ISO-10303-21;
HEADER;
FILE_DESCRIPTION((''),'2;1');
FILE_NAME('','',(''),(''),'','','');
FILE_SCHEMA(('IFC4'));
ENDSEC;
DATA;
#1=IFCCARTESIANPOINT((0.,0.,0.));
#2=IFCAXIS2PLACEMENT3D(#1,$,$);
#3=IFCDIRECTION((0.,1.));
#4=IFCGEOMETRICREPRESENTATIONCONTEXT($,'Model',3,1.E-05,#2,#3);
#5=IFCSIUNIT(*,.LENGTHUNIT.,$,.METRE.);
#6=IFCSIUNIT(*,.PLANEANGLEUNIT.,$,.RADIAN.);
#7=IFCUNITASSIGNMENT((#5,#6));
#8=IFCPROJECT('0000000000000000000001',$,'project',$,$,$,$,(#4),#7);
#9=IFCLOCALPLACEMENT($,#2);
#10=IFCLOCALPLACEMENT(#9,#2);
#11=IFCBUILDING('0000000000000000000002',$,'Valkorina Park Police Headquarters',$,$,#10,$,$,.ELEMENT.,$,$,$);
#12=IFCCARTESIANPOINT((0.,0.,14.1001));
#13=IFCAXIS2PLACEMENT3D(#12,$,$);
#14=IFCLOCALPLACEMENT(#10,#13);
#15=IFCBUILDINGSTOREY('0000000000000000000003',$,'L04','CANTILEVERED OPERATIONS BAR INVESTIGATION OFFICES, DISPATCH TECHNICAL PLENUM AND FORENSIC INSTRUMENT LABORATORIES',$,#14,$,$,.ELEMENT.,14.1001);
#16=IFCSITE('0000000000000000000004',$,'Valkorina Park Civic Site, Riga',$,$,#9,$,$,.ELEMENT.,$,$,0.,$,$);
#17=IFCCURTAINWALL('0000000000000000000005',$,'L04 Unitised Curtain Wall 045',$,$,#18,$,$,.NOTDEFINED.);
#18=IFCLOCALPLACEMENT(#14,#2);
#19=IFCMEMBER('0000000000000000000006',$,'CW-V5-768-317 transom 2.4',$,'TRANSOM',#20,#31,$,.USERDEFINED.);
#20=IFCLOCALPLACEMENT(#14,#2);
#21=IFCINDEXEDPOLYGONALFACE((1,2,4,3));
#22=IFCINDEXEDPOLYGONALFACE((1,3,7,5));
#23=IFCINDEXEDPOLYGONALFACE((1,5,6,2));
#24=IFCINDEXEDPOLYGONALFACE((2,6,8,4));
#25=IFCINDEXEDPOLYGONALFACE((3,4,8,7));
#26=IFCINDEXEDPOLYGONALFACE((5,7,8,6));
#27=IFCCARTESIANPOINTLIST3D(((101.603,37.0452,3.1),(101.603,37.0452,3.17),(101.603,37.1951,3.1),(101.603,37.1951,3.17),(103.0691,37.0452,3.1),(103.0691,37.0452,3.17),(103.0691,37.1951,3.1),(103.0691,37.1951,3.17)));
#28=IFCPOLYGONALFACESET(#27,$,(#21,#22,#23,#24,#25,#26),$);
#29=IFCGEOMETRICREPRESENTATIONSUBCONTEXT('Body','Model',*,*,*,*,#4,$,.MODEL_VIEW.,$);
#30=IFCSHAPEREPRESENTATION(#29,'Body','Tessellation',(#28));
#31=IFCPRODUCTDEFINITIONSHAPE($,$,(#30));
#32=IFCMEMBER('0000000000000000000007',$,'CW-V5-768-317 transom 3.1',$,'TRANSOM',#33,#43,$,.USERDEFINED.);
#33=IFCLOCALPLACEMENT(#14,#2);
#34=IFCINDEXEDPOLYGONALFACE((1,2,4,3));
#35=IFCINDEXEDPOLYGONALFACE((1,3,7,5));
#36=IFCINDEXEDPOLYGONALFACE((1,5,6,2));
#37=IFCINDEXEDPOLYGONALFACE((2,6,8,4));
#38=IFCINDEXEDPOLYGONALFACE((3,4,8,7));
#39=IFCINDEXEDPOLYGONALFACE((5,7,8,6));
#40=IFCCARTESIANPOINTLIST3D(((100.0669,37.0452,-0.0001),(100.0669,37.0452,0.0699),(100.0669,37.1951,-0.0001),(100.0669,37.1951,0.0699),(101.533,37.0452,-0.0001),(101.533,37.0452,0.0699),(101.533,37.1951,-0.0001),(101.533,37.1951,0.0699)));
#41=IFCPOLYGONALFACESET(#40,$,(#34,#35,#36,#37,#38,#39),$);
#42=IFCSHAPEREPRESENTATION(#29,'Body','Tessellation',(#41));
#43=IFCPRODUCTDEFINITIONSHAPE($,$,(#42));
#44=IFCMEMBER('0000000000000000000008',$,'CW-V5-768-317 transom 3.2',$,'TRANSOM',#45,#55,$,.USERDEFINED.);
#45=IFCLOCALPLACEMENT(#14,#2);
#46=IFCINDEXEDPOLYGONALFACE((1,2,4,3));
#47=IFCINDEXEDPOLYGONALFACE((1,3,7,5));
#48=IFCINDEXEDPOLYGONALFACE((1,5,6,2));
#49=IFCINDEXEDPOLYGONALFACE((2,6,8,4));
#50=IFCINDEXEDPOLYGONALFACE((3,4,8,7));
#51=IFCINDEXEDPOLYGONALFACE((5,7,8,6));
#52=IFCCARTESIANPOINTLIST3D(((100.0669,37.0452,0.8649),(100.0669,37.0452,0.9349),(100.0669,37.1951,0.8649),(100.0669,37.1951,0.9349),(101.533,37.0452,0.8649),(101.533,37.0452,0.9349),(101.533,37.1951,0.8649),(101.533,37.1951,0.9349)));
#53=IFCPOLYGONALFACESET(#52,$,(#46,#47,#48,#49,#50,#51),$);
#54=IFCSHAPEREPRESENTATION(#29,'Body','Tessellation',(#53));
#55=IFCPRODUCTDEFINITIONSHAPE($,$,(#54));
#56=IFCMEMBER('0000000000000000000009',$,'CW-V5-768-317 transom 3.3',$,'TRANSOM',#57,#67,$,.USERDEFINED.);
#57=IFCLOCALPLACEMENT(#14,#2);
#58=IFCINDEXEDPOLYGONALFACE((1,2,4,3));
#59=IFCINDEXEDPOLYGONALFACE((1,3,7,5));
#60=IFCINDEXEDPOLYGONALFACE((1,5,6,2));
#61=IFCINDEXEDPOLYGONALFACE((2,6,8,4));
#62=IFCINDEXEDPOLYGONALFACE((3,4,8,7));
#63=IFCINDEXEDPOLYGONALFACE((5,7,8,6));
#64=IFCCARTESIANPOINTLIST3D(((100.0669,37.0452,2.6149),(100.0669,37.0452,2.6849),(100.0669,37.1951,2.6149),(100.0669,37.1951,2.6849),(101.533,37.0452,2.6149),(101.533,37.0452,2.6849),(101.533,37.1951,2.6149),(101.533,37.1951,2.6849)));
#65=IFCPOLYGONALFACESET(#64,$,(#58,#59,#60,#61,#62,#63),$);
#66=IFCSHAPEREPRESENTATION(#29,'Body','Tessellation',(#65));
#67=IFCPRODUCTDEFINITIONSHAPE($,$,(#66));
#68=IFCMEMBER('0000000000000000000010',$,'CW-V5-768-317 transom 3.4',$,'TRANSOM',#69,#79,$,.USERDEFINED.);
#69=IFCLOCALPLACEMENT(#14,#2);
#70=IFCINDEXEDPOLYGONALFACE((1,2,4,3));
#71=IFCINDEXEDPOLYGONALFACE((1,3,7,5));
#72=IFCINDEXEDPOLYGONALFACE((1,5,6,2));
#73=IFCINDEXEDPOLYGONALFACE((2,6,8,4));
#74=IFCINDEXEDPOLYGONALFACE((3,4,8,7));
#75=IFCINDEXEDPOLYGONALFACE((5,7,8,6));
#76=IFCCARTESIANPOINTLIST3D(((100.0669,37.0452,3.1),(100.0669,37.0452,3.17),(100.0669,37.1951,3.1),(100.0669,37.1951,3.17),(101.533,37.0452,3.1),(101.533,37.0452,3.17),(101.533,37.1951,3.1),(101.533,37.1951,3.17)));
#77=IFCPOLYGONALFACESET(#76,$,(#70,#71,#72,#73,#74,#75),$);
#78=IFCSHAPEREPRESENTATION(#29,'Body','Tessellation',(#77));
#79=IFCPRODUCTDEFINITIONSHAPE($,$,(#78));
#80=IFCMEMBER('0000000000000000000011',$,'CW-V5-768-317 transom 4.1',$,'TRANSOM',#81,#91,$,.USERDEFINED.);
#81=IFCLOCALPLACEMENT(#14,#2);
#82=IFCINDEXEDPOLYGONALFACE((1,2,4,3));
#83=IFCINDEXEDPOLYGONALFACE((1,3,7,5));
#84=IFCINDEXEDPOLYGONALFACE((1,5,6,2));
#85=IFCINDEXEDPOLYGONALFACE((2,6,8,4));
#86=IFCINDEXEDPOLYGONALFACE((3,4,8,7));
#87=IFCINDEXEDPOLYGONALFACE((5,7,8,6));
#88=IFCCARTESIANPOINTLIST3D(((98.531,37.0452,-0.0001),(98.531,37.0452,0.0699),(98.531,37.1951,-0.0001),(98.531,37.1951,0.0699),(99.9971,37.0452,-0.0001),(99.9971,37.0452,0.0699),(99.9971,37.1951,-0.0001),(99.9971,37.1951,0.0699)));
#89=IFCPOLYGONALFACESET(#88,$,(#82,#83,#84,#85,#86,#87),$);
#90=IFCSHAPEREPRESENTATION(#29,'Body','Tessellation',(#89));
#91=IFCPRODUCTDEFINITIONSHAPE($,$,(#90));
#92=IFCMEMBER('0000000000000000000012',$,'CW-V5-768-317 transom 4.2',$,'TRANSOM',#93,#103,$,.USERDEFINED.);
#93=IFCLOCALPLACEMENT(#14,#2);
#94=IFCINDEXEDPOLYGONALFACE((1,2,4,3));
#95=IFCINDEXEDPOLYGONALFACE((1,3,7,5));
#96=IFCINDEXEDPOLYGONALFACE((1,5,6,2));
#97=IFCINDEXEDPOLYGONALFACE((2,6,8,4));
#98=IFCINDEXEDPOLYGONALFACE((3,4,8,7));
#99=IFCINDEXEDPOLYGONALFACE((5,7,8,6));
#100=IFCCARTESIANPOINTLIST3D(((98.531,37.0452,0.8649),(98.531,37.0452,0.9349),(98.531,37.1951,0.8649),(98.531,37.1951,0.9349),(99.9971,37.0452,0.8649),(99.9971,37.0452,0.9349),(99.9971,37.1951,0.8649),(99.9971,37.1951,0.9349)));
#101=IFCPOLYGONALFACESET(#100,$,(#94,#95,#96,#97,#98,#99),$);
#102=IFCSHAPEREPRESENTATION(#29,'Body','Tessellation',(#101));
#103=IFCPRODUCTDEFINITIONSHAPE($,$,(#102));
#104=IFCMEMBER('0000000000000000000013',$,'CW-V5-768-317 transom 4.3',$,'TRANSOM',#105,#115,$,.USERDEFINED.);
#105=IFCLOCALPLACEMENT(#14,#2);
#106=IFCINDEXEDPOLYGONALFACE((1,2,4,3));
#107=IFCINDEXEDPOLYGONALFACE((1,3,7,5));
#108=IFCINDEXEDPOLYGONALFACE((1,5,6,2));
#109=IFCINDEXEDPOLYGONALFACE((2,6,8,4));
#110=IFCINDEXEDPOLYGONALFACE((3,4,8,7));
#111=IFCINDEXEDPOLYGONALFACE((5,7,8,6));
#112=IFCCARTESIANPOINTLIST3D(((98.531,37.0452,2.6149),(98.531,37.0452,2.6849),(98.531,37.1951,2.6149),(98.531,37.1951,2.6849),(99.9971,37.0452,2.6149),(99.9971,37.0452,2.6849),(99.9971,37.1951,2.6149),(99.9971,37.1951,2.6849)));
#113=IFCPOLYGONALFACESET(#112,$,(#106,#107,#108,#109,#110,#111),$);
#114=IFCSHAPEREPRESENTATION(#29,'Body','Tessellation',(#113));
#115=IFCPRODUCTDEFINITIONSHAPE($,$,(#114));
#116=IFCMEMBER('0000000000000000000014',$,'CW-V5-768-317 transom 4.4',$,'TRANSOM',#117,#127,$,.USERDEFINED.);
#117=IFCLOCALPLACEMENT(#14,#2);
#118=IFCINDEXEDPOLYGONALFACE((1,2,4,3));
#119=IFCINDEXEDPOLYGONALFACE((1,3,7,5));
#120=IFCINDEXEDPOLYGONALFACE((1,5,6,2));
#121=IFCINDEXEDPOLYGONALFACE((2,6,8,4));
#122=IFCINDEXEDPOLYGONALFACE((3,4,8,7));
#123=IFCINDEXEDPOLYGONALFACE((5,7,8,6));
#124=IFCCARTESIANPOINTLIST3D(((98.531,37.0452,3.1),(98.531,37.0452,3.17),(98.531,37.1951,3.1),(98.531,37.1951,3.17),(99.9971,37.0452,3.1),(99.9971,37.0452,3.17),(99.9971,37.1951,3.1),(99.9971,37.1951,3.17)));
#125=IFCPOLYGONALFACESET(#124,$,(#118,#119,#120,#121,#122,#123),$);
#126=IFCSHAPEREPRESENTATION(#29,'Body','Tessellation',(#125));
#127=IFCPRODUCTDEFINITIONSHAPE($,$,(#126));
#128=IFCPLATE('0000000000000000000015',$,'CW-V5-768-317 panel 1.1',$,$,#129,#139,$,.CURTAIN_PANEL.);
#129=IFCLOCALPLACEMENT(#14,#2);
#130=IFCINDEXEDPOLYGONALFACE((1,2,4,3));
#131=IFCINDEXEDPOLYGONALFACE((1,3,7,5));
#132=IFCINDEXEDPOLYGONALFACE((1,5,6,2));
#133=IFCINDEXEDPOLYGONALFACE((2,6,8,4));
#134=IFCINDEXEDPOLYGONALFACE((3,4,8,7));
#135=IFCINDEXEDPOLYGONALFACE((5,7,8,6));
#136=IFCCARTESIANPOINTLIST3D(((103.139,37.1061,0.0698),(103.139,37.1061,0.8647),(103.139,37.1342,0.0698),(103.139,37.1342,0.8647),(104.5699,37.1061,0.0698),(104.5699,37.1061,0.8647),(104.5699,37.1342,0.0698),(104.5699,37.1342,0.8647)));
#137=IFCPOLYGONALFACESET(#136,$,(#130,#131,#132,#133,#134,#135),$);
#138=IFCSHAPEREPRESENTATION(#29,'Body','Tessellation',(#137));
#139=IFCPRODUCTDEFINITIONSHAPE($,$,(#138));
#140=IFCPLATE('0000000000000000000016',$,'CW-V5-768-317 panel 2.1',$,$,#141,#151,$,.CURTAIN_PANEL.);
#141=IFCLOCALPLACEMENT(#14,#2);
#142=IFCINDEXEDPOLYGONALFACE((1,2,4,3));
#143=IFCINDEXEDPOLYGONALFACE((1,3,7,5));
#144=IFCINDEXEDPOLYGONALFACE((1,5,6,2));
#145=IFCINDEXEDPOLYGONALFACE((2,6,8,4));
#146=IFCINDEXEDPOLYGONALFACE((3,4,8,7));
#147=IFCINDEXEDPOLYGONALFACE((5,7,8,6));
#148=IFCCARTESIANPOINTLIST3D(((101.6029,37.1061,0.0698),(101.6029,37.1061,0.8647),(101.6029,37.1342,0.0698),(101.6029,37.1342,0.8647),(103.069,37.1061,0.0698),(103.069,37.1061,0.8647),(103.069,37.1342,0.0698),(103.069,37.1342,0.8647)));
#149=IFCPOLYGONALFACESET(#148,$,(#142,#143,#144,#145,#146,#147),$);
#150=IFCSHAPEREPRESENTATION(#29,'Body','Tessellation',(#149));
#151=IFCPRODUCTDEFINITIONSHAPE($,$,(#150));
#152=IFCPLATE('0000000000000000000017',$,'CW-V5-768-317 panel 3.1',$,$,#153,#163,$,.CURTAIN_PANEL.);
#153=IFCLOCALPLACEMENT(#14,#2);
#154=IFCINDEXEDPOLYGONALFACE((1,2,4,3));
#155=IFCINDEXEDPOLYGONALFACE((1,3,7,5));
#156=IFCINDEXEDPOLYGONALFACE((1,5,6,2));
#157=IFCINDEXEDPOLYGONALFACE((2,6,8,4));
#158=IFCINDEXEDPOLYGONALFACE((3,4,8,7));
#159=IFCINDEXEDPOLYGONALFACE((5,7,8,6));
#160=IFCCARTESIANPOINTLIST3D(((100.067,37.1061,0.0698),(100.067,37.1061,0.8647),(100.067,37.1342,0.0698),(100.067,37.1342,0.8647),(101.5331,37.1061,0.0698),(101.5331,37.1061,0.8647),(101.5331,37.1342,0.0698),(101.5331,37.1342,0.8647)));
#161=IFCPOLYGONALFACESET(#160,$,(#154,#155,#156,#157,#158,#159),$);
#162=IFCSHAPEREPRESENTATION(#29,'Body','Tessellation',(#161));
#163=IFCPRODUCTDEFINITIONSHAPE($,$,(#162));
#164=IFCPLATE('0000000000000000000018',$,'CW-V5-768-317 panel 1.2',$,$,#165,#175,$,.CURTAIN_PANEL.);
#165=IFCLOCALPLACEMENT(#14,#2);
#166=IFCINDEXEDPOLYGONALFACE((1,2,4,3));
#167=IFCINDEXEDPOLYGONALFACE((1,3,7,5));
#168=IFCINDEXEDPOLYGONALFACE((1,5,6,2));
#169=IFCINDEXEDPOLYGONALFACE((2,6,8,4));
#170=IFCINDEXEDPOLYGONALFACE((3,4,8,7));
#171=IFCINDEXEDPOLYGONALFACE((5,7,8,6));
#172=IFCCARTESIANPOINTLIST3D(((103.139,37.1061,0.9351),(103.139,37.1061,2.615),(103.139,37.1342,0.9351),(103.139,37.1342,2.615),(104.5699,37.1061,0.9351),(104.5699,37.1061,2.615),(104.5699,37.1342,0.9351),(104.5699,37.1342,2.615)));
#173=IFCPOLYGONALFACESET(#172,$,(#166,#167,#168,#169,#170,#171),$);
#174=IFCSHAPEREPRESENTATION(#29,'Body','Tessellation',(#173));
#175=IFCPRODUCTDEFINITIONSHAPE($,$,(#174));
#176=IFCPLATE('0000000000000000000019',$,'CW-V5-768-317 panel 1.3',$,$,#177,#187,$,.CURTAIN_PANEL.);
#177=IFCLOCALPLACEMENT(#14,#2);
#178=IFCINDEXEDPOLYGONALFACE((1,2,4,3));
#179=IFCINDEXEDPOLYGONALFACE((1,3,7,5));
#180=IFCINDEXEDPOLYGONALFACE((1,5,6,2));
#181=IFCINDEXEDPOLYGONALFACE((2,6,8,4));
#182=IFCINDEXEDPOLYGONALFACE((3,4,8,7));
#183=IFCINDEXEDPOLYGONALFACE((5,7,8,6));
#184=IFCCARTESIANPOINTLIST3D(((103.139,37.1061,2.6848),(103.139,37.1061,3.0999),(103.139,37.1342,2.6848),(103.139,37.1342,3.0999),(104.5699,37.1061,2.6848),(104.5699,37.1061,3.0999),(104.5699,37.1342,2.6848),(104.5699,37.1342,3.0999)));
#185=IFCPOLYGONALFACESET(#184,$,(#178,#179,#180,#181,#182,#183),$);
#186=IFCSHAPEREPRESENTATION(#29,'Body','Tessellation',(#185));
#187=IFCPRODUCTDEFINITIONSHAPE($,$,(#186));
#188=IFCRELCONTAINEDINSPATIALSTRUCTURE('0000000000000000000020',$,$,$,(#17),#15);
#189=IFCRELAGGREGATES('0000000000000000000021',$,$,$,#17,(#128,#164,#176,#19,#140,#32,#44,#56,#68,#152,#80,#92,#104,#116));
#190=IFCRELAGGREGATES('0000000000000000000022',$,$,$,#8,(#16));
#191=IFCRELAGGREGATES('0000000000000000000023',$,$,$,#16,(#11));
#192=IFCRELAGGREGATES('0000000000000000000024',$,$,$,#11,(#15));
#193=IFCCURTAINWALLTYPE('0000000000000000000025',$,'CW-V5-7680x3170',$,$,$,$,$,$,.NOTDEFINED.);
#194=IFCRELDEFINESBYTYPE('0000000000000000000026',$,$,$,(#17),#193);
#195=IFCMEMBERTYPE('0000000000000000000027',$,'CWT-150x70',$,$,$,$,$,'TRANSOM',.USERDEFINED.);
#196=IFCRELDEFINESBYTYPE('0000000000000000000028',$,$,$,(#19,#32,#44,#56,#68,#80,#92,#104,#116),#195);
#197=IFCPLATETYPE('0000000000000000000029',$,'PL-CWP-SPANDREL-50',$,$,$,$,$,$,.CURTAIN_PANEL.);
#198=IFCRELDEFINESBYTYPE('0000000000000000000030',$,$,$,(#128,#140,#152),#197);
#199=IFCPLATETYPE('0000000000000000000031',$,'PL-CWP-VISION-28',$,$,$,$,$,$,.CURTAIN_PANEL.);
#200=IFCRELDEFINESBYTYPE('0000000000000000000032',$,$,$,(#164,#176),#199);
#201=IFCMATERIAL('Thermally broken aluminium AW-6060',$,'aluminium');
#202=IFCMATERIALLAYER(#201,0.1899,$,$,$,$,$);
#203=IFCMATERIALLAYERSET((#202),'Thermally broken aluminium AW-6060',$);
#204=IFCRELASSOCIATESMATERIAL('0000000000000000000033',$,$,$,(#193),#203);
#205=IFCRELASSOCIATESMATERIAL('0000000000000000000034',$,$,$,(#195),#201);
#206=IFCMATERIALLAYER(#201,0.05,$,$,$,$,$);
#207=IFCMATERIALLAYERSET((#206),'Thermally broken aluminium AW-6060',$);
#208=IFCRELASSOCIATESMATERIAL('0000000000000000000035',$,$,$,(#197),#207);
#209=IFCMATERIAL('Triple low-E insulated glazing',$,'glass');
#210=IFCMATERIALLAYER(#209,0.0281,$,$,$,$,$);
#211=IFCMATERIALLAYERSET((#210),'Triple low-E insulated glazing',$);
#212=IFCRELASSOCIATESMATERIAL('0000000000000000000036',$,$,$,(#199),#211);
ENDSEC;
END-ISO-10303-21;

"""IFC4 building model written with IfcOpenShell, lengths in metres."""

from ifc_helpers import new_model, si_unit, direction, frame, origin, origin_2d, place, context, subcontext, project, spatial, rectangle, extrude, material, layer, layer_set, material_profile, profile_set, type_object, element, aggregate, save


model = new_model("IFC4")

# Units and contexts
model_context = context("Model", 3, precision=1e-05, world=origin(), true_north=direction((0.0, 1.0)))
body_context = subcontext(model_context, "Body", "Model", "MODEL_VIEW")
ifc_project = project(units=[si_unit("LENGTHUNIT", "METRE"), si_unit("PLANEANGLEUNIT", "RADIAN")], contexts=[model_context])

# Site, building, storey
site_placement = place(None, origin())
site = spatial("IfcSite", under=ifc_project, at=site_placement, Name="Valkorina Park Civic Site, Riga", CompositionType="ELEMENT", RefElevation=0.0)
building_placement = place(site_placement, origin())
building = spatial("IfcBuilding", under=site, at=building_placement, Name="Valkorina Park Police Headquarters", CompositionType="ELEMENT")
storey_placement = place(building_placement, frame((0.0, 0.0, 14.1001)))
storey = spatial("IfcBuildingStorey", under=building, at=storey_placement, Name="L04", Description="CANTILEVERED OPERATIONS BAR INVESTIGATION OFFICES, DISPATCH TECHNICAL PLENUM AND FORENSIC INSTRUMENT LABORATORIES", CompositionType="ELEMENT", Elevation=14.1001)

# Curtain wall, members, plates
ifc_material_1 = material(Name="Thermally broken aluminium AW-6060", Category="aluminium")
ifc_layer_1 = layer(ifc_material_1, 0.1899)
ifc_layer_set_1 = layer_set([ifc_layer_1], Name="Thermally broken aluminium AW-6060")
curtain_wall_type = type_object("IfcCurtainWallType", Name="CW-V5-7680x3170", PredefinedType="NOTDEFINED", material=ifc_layer_set_1)
curtain_wall_placement = place(storey_placement, origin())
curtain_wall = element("IfcCurtainWall", 1, at=curtain_wall_placement, inside=storey, type_object=curtain_wall_type, Name="L04 Unitised Curtain Wall 045", PredefinedType="NOTDEFINED")
ifc_material_profile_1 = material_profile(ifc_material_1, rectangle(XDim=0.1499, YDim=0.0701, at=origin_2d()), Name="CWT-02 150x70")
ifc_profile_set_1 = profile_set([ifc_material_profile_1], Name="Thermally broken aluminium AW-6060")
member_type_1 = type_object("IfcMemberType", Name="CWT-150x70", ElementType="TRANSOM", PredefinedType="USERDEFINED", material=ifc_profile_set_1)
member_1_placement = place(storey_placement, frame((103.0691, 37.1201, 3.135), z_axis=(-1.0, 0.0, 0.0), x_axis=(0.0, -1.0, 0.0)))
member_1 = element("IfcMember", 2, at=member_1_placement, type_object=member_type_1, Name="CW-V5-768-317 transom 2.4", ObjectType="TRANSOM", PredefinedType="USERDEFINED", context=body_context, shape_type="SweptSolid", body=[
    extrude(rectangle(XDim=0.1499, YDim=0.0701, at=origin_2d()), origin(), (0.0, 0.0, 1.0), 1.4661),
])
member_2_placement = place(storey_placement, frame((101.533, 37.1201, 0.0349), z_axis=(-1.0, 0.0, 0.0), x_axis=(0.0, -1.0, 0.0)))
member_2 = element("IfcMember", 3, at=member_2_placement, type_object=member_type_1, Name="CW-V5-768-317 transom 3.1", ObjectType="TRANSOM", PredefinedType="USERDEFINED", context=body_context, shape_type="SweptSolid", body=[
    extrude(rectangle(XDim=0.1499, YDim=0.0701, at=origin_2d()), origin(), (0.0, 0.0, 1.0), 1.4661),
])
member_3_placement = place(storey_placement, frame((101.533, 37.1201, 0.8999), z_axis=(-1.0, 0.0, 0.0), x_axis=(0.0, -1.0, 0.0)))
member_3 = element("IfcMember", 4, at=member_3_placement, type_object=member_type_1, Name="CW-V5-768-317 transom 3.2", ObjectType="TRANSOM", PredefinedType="USERDEFINED", context=body_context, shape_type="SweptSolid", body=[
    extrude(rectangle(XDim=0.1499, YDim=0.0701, at=origin_2d()), origin(), (0.0, 0.0, 1.0), 1.4661),
])
member_4_placement = place(storey_placement, frame((101.533, 37.1201, 2.6499), z_axis=(-1.0, 0.0, 0.0), x_axis=(0.0, -1.0, 0.0)))
member_4 = element("IfcMember", 5, at=member_4_placement, type_object=member_type_1, Name="CW-V5-768-317 transom 3.3", ObjectType="TRANSOM", PredefinedType="USERDEFINED", context=body_context, shape_type="SweptSolid", body=[
    extrude(rectangle(XDim=0.1499, YDim=0.0701, at=origin_2d()), origin(), (0.0, 0.0, 1.0), 1.4661),
])
member_5_placement = place(storey_placement, frame((101.533, 37.1201, 3.135), z_axis=(-1.0, 0.0, 0.0), x_axis=(0.0, -1.0, 0.0)))
member_5 = element("IfcMember", 6, at=member_5_placement, type_object=member_type_1, Name="CW-V5-768-317 transom 3.4", ObjectType="TRANSOM", PredefinedType="USERDEFINED", context=body_context, shape_type="SweptSolid", body=[
    extrude(rectangle(XDim=0.1499, YDim=0.0701, at=origin_2d()), origin(), (0.0, 0.0, 1.0), 1.4661),
])
member_6_placement = place(storey_placement, frame((99.9971, 37.1201, 0.0349), z_axis=(-1.0, 0.0, 0.0), x_axis=(0.0, -1.0, 0.0)))
member_6 = element("IfcMember", 7, at=member_6_placement, type_object=member_type_1, Name="CW-V5-768-317 transom 4.1", ObjectType="TRANSOM", PredefinedType="USERDEFINED", context=body_context, shape_type="SweptSolid", body=[
    extrude(rectangle(XDim=0.1499, YDim=0.0701, at=origin_2d()), origin(), (0.0, 0.0, 1.0), 1.4661),
])
member_7_placement = place(storey_placement, frame((99.9971, 37.1201, 0.8999), z_axis=(-1.0, 0.0, 0.0), x_axis=(0.0, -1.0, 0.0)))
member_7 = element("IfcMember", 8, at=member_7_placement, type_object=member_type_1, Name="CW-V5-768-317 transom 4.2", ObjectType="TRANSOM", PredefinedType="USERDEFINED", context=body_context, shape_type="SweptSolid", body=[
    extrude(rectangle(XDim=0.1499, YDim=0.0701, at=origin_2d()), origin(), (0.0, 0.0, 1.0), 1.4661),
])
member_8_placement = place(storey_placement, frame((99.9971, 37.1201, 2.6499), z_axis=(-1.0, 0.0, 0.0), x_axis=(0.0, -1.0, 0.0)))
member_8 = element("IfcMember", 9, at=member_8_placement, type_object=member_type_1, Name="CW-V5-768-317 transom 4.3", ObjectType="TRANSOM", PredefinedType="USERDEFINED", context=body_context, shape_type="SweptSolid", body=[
    extrude(rectangle(XDim=0.1499, YDim=0.0701, at=origin_2d()), origin(), (0.0, 0.0, 1.0), 1.4661),
])
member_9_placement = place(storey_placement, frame((99.9971, 37.1201, 3.135), z_axis=(-1.0, 0.0, 0.0), x_axis=(0.0, -1.0, 0.0)))
member_9 = element("IfcMember", 10, at=member_9_placement, type_object=member_type_1, Name="CW-V5-768-317 transom 4.4", ObjectType="TRANSOM", PredefinedType="USERDEFINED", context=body_context, shape_type="SweptSolid", body=[
    extrude(rectangle(XDim=0.1499, YDim=0.0701, at=origin_2d()), origin(), (0.0, 0.0, 1.0), 1.4661),
])
ifc_layer_2 = layer(ifc_material_1, 0.05)
ifc_layer_set_2 = layer_set([ifc_layer_2], Name="Thermally broken aluminium AW-6060")
plate_type_1 = type_object("IfcPlateType", Name="PL-CWP-SPANDREL-50", PredefinedType="CURTAIN_PANEL", material=ifc_layer_set_2)
plate_1_placement = place(storey_placement, frame((103.8545, 37.1201, 0.0698), z_axis=(0.0, 0.0, 1.0), x_axis=(-1.0, 0.0, 0.0)))
plate_1 = element("IfcPlate", 11, at=plate_1_placement, type_object=plate_type_1, Name="CW-V5-768-317 panel 1.1", PredefinedType="CURTAIN_PANEL", context=body_context, shape_type="SweptSolid", body=[
    extrude(rectangle(XDim=1.4309, YDim=0.0281, at=origin_2d()), origin(), (0.0, 0.0, 1.0), 0.7949),
])
plate_2_placement = place(storey_placement, frame((102.3359, 37.1201, 0.0698), z_axis=(0.0, 0.0, 1.0), x_axis=(-1.0, 0.0, 0.0)))
plate_2 = element("IfcPlate", 12, at=plate_2_placement, type_object=plate_type_1, Name="CW-V5-768-317 panel 2.1", PredefinedType="CURTAIN_PANEL", context=body_context, shape_type="SweptSolid", body=[
    extrude(rectangle(XDim=1.4661, YDim=0.0281, at=origin_2d()), origin(), (0.0, 0.0, 1.0), 0.7949),
])
plate_3_placement = place(storey_placement, frame((100.8, 37.1201, 0.0698), z_axis=(0.0, 0.0, 1.0), x_axis=(-1.0, 0.0, 0.0)))
plate_3 = element("IfcPlate", 13, at=plate_3_placement, type_object=plate_type_1, Name="CW-V5-768-317 panel 3.1", PredefinedType="CURTAIN_PANEL", context=body_context, shape_type="SweptSolid", body=[
    extrude(rectangle(XDim=1.4661, YDim=0.0281, at=origin_2d()), origin(), (0.0, 0.0, 1.0), 0.7949),
])
ifc_material_2 = material(Name="Triple low-E insulated glazing", Category="glass")
ifc_layer_3 = layer(ifc_material_2, 0.0281)
ifc_layer_set_3 = layer_set([ifc_layer_3], Name="Triple low-E insulated glazing")
plate_type_2 = type_object("IfcPlateType", Name="PL-CWP-VISION-28", PredefinedType="CURTAIN_PANEL", material=ifc_layer_set_3)
plate_4_placement = place(storey_placement, frame((103.8545, 37.1201, 0.9351), z_axis=(0.0, 0.0, 1.0), x_axis=(-1.0, 0.0, 0.0)))
plate_4 = element("IfcPlate", 14, at=plate_4_placement, type_object=plate_type_2, Name="CW-V5-768-317 panel 1.2", PredefinedType="CURTAIN_PANEL", context=body_context, shape_type="SweptSolid", body=[
    extrude(rectangle(XDim=1.4309, YDim=0.0281, at=origin_2d()), origin(), (0.0, 0.0, 1.0), 1.6799),
])
plate_5_placement = place(storey_placement, frame((103.8545, 37.1201, 2.6848), z_axis=(0.0, 0.0, 1.0), x_axis=(-1.0, 0.0, 0.0)))
plate_5 = element("IfcPlate", 15, at=plate_5_placement, type_object=plate_type_2, Name="CW-V5-768-317 panel 1.3", PredefinedType="CURTAIN_PANEL", context=body_context, shape_type="SweptSolid", body=[
    extrude(rectangle(XDim=1.4309, YDim=0.0281, at=origin_2d()), origin(), (0.0, 0.0, 1.0), 0.415),
])
aggregate(curtain_wall, [plate_1, plate_4, plate_5, member_1, plate_2, member_2, member_3, member_4, member_5, plate_3, member_6, member_7, member_8, member_9])

save(model, "model.ifc")
